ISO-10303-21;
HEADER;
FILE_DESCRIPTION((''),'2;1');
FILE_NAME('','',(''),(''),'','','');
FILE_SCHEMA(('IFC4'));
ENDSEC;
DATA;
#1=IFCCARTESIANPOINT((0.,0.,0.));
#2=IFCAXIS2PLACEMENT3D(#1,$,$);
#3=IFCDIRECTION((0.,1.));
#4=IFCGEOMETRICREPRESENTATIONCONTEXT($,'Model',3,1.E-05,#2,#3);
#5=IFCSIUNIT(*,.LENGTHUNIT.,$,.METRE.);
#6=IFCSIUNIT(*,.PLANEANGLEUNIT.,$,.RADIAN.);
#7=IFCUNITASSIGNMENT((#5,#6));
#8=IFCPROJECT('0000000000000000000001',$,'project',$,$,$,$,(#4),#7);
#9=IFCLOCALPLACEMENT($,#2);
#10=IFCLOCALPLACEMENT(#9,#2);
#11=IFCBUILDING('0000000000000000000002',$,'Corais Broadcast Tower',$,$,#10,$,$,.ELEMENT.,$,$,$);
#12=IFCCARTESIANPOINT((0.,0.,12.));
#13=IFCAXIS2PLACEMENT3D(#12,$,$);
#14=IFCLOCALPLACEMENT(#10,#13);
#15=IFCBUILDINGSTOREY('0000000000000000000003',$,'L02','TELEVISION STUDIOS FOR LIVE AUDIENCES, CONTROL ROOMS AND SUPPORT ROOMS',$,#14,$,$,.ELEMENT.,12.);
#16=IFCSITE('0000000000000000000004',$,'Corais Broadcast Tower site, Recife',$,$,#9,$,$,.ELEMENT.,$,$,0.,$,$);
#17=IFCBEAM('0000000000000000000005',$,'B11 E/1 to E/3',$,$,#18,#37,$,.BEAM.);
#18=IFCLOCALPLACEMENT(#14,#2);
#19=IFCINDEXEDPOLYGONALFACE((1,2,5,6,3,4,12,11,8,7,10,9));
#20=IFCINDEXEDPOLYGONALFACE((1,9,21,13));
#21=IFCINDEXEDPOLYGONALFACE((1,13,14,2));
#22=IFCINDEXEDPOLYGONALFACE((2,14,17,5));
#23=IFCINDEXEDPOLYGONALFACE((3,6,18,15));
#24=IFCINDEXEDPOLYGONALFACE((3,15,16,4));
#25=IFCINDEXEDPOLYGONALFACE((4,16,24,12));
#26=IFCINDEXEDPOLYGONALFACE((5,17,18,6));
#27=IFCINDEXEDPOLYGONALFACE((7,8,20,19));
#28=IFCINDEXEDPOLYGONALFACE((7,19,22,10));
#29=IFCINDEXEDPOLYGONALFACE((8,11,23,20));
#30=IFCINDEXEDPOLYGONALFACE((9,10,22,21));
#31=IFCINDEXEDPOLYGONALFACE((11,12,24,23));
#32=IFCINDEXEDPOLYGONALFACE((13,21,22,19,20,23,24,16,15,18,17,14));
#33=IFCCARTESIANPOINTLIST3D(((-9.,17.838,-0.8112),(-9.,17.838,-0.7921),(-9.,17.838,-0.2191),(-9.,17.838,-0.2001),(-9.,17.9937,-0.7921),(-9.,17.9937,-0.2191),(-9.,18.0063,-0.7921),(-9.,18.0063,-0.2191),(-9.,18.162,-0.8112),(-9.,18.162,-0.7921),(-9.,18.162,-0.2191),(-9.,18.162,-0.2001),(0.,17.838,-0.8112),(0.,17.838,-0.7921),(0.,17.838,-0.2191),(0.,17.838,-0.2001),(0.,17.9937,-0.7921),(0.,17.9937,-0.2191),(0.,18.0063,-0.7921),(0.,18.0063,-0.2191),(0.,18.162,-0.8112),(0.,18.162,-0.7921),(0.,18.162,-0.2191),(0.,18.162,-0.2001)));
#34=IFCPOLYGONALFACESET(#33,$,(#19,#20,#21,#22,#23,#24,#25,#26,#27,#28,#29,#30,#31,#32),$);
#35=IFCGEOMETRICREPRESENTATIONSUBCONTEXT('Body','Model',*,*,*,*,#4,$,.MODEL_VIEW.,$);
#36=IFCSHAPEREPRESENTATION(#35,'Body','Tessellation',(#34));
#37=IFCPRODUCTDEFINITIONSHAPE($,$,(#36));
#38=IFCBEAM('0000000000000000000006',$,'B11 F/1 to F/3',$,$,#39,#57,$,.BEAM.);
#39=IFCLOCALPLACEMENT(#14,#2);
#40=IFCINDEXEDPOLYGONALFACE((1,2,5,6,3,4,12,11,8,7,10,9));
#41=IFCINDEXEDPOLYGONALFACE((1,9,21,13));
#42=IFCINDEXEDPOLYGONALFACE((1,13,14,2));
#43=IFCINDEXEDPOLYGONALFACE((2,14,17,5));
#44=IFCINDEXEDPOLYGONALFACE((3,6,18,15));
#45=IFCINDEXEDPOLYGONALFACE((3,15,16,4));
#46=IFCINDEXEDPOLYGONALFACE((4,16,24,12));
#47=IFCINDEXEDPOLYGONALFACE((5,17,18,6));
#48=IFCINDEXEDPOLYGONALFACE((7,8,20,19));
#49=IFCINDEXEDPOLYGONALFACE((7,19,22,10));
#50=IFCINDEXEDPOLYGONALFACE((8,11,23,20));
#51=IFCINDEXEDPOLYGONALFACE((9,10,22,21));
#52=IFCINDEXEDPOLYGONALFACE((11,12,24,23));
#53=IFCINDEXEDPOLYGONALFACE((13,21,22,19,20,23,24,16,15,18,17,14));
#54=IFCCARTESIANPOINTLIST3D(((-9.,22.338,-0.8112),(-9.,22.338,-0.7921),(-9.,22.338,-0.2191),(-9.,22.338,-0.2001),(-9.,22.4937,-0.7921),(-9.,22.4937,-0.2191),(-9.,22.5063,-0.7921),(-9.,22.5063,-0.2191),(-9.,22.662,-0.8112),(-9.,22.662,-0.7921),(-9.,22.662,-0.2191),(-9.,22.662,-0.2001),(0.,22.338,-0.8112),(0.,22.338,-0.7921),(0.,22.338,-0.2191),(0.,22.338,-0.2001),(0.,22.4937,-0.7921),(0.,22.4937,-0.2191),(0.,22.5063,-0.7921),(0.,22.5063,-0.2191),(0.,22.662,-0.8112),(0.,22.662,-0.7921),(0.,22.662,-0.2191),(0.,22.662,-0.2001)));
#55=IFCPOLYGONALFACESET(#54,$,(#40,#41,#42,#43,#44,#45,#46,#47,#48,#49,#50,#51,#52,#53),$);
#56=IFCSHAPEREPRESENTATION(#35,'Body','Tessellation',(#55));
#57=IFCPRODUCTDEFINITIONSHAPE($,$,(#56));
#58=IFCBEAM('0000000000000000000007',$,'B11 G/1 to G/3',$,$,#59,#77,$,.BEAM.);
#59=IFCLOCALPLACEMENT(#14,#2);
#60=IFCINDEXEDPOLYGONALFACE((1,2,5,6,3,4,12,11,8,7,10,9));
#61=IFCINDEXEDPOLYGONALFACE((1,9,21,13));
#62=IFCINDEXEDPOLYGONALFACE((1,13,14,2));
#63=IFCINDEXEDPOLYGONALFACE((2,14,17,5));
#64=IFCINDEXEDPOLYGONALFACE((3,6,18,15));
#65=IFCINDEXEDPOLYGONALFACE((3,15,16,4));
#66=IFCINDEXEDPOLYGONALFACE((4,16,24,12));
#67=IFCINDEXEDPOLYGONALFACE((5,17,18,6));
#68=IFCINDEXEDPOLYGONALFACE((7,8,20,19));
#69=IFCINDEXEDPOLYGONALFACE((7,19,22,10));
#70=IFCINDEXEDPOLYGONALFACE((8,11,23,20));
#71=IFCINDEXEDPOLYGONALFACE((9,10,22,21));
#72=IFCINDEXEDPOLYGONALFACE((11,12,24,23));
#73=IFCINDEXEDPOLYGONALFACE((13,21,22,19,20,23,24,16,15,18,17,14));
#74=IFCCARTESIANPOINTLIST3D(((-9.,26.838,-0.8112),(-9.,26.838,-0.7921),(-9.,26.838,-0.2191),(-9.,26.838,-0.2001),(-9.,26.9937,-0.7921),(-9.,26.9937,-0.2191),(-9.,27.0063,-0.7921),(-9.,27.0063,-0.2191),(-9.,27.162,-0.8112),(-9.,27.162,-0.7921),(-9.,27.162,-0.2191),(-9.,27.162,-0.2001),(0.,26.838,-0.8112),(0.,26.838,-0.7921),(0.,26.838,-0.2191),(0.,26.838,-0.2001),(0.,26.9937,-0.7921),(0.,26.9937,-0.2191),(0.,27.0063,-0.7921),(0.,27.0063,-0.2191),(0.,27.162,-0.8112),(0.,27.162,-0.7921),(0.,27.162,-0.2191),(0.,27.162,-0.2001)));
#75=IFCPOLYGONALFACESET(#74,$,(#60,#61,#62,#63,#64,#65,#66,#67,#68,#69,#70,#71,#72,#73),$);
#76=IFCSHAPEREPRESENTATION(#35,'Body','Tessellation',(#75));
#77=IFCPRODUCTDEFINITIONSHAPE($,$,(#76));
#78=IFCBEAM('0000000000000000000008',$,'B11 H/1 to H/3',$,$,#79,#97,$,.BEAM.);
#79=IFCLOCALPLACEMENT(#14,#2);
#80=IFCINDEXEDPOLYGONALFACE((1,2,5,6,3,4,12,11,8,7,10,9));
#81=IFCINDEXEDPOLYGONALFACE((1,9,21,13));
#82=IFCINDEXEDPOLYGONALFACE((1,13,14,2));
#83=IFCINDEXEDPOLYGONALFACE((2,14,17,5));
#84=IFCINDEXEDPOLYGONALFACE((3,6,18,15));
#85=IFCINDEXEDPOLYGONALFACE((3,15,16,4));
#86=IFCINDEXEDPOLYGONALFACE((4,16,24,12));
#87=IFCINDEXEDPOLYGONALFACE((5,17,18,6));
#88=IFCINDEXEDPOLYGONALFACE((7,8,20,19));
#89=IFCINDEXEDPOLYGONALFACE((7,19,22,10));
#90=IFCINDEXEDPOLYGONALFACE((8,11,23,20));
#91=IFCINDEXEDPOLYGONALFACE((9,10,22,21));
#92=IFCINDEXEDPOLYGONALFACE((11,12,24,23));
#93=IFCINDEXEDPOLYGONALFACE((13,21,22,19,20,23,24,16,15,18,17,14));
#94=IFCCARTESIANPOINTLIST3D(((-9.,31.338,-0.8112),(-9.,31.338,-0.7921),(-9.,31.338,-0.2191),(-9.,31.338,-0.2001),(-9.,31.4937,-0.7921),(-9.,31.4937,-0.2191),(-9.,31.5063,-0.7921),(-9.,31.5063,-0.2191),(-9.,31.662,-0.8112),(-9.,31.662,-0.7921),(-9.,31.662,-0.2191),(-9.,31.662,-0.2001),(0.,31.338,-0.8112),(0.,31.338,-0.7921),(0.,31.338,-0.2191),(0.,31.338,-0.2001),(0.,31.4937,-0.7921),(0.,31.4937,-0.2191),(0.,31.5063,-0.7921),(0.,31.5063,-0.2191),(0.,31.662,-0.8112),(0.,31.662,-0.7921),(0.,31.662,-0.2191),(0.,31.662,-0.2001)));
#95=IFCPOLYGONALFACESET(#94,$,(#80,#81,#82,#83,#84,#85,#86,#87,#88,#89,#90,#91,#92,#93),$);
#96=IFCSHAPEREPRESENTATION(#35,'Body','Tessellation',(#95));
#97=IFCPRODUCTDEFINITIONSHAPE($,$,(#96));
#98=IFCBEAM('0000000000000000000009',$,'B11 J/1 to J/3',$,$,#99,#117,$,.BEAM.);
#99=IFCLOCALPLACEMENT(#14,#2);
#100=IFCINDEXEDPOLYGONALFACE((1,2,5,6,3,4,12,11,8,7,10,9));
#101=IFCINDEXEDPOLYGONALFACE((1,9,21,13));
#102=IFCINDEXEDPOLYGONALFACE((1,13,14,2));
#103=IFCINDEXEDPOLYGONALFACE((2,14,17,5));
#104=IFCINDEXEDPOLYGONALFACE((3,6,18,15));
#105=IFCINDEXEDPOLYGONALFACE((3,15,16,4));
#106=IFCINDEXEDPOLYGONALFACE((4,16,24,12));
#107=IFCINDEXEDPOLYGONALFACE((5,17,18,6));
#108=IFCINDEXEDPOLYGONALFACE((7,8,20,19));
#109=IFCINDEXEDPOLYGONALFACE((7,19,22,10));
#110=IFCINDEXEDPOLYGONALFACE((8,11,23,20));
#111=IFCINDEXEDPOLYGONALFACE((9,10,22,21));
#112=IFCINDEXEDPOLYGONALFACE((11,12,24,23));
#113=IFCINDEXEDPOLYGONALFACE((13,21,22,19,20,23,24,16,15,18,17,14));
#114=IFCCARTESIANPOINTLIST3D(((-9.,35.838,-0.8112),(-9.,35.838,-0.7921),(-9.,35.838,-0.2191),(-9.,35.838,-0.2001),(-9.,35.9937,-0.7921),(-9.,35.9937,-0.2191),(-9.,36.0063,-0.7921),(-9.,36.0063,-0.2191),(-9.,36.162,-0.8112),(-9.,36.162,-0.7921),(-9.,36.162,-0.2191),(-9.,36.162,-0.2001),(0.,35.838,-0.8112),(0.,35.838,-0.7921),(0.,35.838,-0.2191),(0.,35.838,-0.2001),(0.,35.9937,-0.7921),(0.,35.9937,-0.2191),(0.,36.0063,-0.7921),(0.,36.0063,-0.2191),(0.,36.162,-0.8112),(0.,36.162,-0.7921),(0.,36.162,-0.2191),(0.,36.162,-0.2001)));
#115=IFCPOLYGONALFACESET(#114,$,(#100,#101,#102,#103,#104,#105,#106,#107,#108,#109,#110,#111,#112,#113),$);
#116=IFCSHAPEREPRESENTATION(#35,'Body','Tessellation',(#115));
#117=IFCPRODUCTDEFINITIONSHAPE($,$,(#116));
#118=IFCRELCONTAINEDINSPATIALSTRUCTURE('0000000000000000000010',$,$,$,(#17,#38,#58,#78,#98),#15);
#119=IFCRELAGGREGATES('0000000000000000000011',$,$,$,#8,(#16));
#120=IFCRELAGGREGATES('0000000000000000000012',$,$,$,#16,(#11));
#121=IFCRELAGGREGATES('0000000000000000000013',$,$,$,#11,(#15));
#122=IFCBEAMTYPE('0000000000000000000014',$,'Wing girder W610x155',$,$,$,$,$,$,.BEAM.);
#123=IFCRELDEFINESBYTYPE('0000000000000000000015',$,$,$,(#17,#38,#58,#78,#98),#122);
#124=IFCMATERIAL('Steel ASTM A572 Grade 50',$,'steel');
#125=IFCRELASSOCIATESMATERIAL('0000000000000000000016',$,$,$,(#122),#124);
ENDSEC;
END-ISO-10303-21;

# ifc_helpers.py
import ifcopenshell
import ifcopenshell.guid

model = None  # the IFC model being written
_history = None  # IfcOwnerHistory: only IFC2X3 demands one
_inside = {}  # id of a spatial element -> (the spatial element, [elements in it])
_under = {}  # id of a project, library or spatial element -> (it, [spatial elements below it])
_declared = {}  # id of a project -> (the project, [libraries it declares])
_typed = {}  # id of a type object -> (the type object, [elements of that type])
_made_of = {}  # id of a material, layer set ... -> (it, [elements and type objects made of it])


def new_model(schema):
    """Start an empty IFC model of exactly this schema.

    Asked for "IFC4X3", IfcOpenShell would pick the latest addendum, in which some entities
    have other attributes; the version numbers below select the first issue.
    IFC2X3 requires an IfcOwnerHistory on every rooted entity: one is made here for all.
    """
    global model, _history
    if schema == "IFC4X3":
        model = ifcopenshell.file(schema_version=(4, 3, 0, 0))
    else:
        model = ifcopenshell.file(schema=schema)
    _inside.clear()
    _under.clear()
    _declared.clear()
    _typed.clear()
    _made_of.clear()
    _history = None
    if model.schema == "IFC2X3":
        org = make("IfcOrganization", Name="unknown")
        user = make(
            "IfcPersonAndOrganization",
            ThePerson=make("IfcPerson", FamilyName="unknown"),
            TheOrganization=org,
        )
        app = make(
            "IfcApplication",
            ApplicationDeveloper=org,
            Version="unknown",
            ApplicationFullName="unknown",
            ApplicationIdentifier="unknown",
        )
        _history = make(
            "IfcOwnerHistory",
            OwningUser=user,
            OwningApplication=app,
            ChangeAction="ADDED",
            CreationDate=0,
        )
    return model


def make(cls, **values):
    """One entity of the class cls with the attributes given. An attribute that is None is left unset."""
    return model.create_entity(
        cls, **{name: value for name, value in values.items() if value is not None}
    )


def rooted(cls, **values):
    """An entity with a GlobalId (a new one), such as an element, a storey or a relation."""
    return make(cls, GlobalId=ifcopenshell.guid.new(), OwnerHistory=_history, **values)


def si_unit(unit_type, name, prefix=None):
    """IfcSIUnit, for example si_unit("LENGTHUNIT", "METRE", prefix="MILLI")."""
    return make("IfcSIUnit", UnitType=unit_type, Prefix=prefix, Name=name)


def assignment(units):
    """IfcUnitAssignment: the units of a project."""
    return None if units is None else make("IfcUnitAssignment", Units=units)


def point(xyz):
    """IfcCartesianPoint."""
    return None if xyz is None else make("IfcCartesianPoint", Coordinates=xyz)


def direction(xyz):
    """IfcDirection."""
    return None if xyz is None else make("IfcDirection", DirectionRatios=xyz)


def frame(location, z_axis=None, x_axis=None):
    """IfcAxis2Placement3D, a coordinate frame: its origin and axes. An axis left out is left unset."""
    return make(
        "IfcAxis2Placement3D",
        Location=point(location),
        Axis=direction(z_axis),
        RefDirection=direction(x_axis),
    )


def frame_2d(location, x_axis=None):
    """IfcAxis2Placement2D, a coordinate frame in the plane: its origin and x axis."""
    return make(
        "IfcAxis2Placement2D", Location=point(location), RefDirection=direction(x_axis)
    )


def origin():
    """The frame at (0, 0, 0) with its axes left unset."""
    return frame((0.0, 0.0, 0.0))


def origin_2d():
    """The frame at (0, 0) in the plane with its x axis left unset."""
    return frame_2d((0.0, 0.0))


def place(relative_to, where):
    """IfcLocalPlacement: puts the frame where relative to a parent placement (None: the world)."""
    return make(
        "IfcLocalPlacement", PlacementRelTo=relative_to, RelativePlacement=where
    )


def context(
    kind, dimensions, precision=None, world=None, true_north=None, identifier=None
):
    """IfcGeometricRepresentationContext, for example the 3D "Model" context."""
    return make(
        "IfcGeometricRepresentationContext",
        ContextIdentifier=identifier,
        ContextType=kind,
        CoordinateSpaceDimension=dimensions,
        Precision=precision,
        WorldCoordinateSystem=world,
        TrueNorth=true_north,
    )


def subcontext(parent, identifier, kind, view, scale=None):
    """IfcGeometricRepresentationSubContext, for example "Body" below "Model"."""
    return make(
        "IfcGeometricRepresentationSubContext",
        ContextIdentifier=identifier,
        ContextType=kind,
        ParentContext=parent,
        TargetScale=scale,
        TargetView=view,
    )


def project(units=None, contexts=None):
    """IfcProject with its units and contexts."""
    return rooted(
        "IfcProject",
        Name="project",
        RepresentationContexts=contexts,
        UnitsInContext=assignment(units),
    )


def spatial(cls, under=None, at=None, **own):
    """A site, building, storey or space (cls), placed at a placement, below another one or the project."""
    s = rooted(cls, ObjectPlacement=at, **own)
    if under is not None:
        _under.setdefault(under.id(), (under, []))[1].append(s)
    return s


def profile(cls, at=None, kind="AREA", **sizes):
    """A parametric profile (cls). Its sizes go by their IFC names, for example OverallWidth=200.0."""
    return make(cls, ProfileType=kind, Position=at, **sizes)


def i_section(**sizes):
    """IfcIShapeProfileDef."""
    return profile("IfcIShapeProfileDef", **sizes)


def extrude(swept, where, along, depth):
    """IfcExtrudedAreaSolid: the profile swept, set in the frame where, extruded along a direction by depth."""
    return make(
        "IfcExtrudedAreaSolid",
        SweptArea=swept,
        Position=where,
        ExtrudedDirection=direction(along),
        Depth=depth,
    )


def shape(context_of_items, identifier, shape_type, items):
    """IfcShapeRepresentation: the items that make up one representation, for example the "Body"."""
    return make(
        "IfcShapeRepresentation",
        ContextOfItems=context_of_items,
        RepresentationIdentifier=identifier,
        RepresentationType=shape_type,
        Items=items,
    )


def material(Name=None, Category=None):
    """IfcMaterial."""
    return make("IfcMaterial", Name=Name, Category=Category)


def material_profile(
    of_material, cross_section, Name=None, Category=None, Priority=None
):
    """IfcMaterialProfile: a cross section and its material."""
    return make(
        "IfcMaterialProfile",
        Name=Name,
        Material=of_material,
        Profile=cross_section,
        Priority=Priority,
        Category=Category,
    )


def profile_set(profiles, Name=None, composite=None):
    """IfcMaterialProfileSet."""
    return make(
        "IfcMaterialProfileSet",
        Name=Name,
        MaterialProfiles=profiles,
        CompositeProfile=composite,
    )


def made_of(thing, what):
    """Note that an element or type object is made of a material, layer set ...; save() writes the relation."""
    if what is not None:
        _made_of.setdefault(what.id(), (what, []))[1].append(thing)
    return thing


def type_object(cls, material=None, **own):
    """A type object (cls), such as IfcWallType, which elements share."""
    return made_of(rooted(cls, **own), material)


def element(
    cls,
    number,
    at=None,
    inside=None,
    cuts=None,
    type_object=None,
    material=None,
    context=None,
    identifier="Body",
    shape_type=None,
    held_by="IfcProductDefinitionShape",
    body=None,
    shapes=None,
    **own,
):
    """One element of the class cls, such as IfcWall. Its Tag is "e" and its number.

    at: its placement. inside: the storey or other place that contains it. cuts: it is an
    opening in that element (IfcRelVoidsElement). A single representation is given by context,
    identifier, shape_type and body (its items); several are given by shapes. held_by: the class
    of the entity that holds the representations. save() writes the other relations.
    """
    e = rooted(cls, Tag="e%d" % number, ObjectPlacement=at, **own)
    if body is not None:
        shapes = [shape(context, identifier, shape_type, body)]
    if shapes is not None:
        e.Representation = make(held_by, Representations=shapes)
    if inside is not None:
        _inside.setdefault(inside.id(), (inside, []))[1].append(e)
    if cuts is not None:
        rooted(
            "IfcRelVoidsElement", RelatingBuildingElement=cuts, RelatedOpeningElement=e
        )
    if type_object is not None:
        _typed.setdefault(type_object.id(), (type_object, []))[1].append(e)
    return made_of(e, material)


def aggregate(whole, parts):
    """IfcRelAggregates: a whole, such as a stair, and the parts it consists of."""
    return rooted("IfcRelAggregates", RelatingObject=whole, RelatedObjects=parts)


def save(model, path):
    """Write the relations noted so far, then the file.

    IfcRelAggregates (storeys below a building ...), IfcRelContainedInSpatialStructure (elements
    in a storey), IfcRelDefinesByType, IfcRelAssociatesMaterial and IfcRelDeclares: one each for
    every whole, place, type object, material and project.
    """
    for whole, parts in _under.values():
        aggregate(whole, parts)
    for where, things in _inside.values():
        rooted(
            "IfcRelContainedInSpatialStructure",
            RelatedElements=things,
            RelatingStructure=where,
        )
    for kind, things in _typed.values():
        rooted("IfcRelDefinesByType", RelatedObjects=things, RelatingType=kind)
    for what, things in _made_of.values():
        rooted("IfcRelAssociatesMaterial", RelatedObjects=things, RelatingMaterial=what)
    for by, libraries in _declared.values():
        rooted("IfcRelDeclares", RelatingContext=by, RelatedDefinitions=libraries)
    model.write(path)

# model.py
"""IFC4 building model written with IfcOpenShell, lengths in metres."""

from ifc_helpers import new_model, si_unit, direction, frame, origin, origin_2d, place, context, subcontext, project, spatial, i_section, extrude, material, material_profile, profile_set, type_object, element, save


model = new_model("IFC4")

# Units and contexts
model_context = context("Model", 3, precision=1e-05, world=origin(), true_north=direction((0.0, 1.0)))
body_context = subcontext(model_context, "Body", "Model", "MODEL_VIEW")
ifc_project = project(units=[si_unit("LENGTHUNIT", "METRE"), si_unit("PLANEANGLEUNIT", "RADIAN")], contexts=[model_context])

# Site, building, storey
site_placement = place(None, origin())
site = spatial("IfcSite", under=ifc_project, at=site_placement, Name="Corais Broadcast Tower site, Recife", CompositionType="ELEMENT", RefElevation=0.0)
building_placement = place(site_placement, origin())
building = spatial("IfcBuilding", under=site, at=building_placement, Name="Corais Broadcast Tower", CompositionType="ELEMENT")
storey_placement = place(building_placement, frame((0.0, 0.0, 12.0)))
storey = spatial("IfcBuildingStorey", under=building, at=storey_placement, Name="L02", Description="TELEVISION STUDIOS FOR LIVE AUDIENCES, CONTROL ROOMS AND SUPPORT ROOMS", CompositionType="ELEMENT", Elevation=12.0)

# Beams
ifc_material_1 = material(Name="Steel ASTM A572 Grade 50", Category="steel")
ifc_material_profile_1 = material_profile(ifc_material_1, i_section(OverallWidth=0.324, OverallDepth=0.6111, WebThickness=0.0127, FlangeThickness=0.019, at=origin_2d()), Name="W610x155")
ifc_profile_set_1 = profile_set([ifc_material_profile_1], Name="Steel ASTM A572 Grade 50")
beam_type_1 = type_object("IfcBeamType", Name="Wing girder W610x155", PredefinedType="BEAM", material=ifc_profile_set_1)
for number, where, z_axis, x_axis, name in (
    (1, (-9.0, 18.0, -0.5056), (1.0, 0.0, 0.0), (0.0, 1.0, 0.0), "B11 E/1 to E/3"),
    (2, (-9.0, 22.5, -0.5056), (1.0, 0.0, 0.0), (0.0, 1.0, 0.0), "B11 F/1 to F/3"),
    (3, (-9.0, 27.0, -0.5056), (1.0, 0.0, 0.0), (0.0, 1.0, 0.0), "B11 G/1 to G/3"),
    (4, (-9.0, 31.5, -0.5056), (1.0, 0.0, 0.0), (0.0, 1.0, 0.0), "B11 H/1 to H/3"),
    (5, (-9.0, 36.0, -0.5056), (1.0, 0.0, 0.0), (0.0, 1.0, 0.0), "B11 J/1 to J/3"),
):
    element("IfcBeam", number, at=place(storey_placement, frame(where, z_axis=z_axis, x_axis=x_axis)), inside=storey, type_object=beam_type_1, Name=name, PredefinedType="BEAM", context=body_context, shape_type="SweptSolid", body=[
        extrude(i_section(OverallWidth=0.324, OverallDepth=0.6111, WebThickness=0.0127, FlangeThickness=0.019, at=origin_2d()), origin(), (0.0, 0.0, 1.0), 9.0),
    ])

save(model, "model.ifc")
